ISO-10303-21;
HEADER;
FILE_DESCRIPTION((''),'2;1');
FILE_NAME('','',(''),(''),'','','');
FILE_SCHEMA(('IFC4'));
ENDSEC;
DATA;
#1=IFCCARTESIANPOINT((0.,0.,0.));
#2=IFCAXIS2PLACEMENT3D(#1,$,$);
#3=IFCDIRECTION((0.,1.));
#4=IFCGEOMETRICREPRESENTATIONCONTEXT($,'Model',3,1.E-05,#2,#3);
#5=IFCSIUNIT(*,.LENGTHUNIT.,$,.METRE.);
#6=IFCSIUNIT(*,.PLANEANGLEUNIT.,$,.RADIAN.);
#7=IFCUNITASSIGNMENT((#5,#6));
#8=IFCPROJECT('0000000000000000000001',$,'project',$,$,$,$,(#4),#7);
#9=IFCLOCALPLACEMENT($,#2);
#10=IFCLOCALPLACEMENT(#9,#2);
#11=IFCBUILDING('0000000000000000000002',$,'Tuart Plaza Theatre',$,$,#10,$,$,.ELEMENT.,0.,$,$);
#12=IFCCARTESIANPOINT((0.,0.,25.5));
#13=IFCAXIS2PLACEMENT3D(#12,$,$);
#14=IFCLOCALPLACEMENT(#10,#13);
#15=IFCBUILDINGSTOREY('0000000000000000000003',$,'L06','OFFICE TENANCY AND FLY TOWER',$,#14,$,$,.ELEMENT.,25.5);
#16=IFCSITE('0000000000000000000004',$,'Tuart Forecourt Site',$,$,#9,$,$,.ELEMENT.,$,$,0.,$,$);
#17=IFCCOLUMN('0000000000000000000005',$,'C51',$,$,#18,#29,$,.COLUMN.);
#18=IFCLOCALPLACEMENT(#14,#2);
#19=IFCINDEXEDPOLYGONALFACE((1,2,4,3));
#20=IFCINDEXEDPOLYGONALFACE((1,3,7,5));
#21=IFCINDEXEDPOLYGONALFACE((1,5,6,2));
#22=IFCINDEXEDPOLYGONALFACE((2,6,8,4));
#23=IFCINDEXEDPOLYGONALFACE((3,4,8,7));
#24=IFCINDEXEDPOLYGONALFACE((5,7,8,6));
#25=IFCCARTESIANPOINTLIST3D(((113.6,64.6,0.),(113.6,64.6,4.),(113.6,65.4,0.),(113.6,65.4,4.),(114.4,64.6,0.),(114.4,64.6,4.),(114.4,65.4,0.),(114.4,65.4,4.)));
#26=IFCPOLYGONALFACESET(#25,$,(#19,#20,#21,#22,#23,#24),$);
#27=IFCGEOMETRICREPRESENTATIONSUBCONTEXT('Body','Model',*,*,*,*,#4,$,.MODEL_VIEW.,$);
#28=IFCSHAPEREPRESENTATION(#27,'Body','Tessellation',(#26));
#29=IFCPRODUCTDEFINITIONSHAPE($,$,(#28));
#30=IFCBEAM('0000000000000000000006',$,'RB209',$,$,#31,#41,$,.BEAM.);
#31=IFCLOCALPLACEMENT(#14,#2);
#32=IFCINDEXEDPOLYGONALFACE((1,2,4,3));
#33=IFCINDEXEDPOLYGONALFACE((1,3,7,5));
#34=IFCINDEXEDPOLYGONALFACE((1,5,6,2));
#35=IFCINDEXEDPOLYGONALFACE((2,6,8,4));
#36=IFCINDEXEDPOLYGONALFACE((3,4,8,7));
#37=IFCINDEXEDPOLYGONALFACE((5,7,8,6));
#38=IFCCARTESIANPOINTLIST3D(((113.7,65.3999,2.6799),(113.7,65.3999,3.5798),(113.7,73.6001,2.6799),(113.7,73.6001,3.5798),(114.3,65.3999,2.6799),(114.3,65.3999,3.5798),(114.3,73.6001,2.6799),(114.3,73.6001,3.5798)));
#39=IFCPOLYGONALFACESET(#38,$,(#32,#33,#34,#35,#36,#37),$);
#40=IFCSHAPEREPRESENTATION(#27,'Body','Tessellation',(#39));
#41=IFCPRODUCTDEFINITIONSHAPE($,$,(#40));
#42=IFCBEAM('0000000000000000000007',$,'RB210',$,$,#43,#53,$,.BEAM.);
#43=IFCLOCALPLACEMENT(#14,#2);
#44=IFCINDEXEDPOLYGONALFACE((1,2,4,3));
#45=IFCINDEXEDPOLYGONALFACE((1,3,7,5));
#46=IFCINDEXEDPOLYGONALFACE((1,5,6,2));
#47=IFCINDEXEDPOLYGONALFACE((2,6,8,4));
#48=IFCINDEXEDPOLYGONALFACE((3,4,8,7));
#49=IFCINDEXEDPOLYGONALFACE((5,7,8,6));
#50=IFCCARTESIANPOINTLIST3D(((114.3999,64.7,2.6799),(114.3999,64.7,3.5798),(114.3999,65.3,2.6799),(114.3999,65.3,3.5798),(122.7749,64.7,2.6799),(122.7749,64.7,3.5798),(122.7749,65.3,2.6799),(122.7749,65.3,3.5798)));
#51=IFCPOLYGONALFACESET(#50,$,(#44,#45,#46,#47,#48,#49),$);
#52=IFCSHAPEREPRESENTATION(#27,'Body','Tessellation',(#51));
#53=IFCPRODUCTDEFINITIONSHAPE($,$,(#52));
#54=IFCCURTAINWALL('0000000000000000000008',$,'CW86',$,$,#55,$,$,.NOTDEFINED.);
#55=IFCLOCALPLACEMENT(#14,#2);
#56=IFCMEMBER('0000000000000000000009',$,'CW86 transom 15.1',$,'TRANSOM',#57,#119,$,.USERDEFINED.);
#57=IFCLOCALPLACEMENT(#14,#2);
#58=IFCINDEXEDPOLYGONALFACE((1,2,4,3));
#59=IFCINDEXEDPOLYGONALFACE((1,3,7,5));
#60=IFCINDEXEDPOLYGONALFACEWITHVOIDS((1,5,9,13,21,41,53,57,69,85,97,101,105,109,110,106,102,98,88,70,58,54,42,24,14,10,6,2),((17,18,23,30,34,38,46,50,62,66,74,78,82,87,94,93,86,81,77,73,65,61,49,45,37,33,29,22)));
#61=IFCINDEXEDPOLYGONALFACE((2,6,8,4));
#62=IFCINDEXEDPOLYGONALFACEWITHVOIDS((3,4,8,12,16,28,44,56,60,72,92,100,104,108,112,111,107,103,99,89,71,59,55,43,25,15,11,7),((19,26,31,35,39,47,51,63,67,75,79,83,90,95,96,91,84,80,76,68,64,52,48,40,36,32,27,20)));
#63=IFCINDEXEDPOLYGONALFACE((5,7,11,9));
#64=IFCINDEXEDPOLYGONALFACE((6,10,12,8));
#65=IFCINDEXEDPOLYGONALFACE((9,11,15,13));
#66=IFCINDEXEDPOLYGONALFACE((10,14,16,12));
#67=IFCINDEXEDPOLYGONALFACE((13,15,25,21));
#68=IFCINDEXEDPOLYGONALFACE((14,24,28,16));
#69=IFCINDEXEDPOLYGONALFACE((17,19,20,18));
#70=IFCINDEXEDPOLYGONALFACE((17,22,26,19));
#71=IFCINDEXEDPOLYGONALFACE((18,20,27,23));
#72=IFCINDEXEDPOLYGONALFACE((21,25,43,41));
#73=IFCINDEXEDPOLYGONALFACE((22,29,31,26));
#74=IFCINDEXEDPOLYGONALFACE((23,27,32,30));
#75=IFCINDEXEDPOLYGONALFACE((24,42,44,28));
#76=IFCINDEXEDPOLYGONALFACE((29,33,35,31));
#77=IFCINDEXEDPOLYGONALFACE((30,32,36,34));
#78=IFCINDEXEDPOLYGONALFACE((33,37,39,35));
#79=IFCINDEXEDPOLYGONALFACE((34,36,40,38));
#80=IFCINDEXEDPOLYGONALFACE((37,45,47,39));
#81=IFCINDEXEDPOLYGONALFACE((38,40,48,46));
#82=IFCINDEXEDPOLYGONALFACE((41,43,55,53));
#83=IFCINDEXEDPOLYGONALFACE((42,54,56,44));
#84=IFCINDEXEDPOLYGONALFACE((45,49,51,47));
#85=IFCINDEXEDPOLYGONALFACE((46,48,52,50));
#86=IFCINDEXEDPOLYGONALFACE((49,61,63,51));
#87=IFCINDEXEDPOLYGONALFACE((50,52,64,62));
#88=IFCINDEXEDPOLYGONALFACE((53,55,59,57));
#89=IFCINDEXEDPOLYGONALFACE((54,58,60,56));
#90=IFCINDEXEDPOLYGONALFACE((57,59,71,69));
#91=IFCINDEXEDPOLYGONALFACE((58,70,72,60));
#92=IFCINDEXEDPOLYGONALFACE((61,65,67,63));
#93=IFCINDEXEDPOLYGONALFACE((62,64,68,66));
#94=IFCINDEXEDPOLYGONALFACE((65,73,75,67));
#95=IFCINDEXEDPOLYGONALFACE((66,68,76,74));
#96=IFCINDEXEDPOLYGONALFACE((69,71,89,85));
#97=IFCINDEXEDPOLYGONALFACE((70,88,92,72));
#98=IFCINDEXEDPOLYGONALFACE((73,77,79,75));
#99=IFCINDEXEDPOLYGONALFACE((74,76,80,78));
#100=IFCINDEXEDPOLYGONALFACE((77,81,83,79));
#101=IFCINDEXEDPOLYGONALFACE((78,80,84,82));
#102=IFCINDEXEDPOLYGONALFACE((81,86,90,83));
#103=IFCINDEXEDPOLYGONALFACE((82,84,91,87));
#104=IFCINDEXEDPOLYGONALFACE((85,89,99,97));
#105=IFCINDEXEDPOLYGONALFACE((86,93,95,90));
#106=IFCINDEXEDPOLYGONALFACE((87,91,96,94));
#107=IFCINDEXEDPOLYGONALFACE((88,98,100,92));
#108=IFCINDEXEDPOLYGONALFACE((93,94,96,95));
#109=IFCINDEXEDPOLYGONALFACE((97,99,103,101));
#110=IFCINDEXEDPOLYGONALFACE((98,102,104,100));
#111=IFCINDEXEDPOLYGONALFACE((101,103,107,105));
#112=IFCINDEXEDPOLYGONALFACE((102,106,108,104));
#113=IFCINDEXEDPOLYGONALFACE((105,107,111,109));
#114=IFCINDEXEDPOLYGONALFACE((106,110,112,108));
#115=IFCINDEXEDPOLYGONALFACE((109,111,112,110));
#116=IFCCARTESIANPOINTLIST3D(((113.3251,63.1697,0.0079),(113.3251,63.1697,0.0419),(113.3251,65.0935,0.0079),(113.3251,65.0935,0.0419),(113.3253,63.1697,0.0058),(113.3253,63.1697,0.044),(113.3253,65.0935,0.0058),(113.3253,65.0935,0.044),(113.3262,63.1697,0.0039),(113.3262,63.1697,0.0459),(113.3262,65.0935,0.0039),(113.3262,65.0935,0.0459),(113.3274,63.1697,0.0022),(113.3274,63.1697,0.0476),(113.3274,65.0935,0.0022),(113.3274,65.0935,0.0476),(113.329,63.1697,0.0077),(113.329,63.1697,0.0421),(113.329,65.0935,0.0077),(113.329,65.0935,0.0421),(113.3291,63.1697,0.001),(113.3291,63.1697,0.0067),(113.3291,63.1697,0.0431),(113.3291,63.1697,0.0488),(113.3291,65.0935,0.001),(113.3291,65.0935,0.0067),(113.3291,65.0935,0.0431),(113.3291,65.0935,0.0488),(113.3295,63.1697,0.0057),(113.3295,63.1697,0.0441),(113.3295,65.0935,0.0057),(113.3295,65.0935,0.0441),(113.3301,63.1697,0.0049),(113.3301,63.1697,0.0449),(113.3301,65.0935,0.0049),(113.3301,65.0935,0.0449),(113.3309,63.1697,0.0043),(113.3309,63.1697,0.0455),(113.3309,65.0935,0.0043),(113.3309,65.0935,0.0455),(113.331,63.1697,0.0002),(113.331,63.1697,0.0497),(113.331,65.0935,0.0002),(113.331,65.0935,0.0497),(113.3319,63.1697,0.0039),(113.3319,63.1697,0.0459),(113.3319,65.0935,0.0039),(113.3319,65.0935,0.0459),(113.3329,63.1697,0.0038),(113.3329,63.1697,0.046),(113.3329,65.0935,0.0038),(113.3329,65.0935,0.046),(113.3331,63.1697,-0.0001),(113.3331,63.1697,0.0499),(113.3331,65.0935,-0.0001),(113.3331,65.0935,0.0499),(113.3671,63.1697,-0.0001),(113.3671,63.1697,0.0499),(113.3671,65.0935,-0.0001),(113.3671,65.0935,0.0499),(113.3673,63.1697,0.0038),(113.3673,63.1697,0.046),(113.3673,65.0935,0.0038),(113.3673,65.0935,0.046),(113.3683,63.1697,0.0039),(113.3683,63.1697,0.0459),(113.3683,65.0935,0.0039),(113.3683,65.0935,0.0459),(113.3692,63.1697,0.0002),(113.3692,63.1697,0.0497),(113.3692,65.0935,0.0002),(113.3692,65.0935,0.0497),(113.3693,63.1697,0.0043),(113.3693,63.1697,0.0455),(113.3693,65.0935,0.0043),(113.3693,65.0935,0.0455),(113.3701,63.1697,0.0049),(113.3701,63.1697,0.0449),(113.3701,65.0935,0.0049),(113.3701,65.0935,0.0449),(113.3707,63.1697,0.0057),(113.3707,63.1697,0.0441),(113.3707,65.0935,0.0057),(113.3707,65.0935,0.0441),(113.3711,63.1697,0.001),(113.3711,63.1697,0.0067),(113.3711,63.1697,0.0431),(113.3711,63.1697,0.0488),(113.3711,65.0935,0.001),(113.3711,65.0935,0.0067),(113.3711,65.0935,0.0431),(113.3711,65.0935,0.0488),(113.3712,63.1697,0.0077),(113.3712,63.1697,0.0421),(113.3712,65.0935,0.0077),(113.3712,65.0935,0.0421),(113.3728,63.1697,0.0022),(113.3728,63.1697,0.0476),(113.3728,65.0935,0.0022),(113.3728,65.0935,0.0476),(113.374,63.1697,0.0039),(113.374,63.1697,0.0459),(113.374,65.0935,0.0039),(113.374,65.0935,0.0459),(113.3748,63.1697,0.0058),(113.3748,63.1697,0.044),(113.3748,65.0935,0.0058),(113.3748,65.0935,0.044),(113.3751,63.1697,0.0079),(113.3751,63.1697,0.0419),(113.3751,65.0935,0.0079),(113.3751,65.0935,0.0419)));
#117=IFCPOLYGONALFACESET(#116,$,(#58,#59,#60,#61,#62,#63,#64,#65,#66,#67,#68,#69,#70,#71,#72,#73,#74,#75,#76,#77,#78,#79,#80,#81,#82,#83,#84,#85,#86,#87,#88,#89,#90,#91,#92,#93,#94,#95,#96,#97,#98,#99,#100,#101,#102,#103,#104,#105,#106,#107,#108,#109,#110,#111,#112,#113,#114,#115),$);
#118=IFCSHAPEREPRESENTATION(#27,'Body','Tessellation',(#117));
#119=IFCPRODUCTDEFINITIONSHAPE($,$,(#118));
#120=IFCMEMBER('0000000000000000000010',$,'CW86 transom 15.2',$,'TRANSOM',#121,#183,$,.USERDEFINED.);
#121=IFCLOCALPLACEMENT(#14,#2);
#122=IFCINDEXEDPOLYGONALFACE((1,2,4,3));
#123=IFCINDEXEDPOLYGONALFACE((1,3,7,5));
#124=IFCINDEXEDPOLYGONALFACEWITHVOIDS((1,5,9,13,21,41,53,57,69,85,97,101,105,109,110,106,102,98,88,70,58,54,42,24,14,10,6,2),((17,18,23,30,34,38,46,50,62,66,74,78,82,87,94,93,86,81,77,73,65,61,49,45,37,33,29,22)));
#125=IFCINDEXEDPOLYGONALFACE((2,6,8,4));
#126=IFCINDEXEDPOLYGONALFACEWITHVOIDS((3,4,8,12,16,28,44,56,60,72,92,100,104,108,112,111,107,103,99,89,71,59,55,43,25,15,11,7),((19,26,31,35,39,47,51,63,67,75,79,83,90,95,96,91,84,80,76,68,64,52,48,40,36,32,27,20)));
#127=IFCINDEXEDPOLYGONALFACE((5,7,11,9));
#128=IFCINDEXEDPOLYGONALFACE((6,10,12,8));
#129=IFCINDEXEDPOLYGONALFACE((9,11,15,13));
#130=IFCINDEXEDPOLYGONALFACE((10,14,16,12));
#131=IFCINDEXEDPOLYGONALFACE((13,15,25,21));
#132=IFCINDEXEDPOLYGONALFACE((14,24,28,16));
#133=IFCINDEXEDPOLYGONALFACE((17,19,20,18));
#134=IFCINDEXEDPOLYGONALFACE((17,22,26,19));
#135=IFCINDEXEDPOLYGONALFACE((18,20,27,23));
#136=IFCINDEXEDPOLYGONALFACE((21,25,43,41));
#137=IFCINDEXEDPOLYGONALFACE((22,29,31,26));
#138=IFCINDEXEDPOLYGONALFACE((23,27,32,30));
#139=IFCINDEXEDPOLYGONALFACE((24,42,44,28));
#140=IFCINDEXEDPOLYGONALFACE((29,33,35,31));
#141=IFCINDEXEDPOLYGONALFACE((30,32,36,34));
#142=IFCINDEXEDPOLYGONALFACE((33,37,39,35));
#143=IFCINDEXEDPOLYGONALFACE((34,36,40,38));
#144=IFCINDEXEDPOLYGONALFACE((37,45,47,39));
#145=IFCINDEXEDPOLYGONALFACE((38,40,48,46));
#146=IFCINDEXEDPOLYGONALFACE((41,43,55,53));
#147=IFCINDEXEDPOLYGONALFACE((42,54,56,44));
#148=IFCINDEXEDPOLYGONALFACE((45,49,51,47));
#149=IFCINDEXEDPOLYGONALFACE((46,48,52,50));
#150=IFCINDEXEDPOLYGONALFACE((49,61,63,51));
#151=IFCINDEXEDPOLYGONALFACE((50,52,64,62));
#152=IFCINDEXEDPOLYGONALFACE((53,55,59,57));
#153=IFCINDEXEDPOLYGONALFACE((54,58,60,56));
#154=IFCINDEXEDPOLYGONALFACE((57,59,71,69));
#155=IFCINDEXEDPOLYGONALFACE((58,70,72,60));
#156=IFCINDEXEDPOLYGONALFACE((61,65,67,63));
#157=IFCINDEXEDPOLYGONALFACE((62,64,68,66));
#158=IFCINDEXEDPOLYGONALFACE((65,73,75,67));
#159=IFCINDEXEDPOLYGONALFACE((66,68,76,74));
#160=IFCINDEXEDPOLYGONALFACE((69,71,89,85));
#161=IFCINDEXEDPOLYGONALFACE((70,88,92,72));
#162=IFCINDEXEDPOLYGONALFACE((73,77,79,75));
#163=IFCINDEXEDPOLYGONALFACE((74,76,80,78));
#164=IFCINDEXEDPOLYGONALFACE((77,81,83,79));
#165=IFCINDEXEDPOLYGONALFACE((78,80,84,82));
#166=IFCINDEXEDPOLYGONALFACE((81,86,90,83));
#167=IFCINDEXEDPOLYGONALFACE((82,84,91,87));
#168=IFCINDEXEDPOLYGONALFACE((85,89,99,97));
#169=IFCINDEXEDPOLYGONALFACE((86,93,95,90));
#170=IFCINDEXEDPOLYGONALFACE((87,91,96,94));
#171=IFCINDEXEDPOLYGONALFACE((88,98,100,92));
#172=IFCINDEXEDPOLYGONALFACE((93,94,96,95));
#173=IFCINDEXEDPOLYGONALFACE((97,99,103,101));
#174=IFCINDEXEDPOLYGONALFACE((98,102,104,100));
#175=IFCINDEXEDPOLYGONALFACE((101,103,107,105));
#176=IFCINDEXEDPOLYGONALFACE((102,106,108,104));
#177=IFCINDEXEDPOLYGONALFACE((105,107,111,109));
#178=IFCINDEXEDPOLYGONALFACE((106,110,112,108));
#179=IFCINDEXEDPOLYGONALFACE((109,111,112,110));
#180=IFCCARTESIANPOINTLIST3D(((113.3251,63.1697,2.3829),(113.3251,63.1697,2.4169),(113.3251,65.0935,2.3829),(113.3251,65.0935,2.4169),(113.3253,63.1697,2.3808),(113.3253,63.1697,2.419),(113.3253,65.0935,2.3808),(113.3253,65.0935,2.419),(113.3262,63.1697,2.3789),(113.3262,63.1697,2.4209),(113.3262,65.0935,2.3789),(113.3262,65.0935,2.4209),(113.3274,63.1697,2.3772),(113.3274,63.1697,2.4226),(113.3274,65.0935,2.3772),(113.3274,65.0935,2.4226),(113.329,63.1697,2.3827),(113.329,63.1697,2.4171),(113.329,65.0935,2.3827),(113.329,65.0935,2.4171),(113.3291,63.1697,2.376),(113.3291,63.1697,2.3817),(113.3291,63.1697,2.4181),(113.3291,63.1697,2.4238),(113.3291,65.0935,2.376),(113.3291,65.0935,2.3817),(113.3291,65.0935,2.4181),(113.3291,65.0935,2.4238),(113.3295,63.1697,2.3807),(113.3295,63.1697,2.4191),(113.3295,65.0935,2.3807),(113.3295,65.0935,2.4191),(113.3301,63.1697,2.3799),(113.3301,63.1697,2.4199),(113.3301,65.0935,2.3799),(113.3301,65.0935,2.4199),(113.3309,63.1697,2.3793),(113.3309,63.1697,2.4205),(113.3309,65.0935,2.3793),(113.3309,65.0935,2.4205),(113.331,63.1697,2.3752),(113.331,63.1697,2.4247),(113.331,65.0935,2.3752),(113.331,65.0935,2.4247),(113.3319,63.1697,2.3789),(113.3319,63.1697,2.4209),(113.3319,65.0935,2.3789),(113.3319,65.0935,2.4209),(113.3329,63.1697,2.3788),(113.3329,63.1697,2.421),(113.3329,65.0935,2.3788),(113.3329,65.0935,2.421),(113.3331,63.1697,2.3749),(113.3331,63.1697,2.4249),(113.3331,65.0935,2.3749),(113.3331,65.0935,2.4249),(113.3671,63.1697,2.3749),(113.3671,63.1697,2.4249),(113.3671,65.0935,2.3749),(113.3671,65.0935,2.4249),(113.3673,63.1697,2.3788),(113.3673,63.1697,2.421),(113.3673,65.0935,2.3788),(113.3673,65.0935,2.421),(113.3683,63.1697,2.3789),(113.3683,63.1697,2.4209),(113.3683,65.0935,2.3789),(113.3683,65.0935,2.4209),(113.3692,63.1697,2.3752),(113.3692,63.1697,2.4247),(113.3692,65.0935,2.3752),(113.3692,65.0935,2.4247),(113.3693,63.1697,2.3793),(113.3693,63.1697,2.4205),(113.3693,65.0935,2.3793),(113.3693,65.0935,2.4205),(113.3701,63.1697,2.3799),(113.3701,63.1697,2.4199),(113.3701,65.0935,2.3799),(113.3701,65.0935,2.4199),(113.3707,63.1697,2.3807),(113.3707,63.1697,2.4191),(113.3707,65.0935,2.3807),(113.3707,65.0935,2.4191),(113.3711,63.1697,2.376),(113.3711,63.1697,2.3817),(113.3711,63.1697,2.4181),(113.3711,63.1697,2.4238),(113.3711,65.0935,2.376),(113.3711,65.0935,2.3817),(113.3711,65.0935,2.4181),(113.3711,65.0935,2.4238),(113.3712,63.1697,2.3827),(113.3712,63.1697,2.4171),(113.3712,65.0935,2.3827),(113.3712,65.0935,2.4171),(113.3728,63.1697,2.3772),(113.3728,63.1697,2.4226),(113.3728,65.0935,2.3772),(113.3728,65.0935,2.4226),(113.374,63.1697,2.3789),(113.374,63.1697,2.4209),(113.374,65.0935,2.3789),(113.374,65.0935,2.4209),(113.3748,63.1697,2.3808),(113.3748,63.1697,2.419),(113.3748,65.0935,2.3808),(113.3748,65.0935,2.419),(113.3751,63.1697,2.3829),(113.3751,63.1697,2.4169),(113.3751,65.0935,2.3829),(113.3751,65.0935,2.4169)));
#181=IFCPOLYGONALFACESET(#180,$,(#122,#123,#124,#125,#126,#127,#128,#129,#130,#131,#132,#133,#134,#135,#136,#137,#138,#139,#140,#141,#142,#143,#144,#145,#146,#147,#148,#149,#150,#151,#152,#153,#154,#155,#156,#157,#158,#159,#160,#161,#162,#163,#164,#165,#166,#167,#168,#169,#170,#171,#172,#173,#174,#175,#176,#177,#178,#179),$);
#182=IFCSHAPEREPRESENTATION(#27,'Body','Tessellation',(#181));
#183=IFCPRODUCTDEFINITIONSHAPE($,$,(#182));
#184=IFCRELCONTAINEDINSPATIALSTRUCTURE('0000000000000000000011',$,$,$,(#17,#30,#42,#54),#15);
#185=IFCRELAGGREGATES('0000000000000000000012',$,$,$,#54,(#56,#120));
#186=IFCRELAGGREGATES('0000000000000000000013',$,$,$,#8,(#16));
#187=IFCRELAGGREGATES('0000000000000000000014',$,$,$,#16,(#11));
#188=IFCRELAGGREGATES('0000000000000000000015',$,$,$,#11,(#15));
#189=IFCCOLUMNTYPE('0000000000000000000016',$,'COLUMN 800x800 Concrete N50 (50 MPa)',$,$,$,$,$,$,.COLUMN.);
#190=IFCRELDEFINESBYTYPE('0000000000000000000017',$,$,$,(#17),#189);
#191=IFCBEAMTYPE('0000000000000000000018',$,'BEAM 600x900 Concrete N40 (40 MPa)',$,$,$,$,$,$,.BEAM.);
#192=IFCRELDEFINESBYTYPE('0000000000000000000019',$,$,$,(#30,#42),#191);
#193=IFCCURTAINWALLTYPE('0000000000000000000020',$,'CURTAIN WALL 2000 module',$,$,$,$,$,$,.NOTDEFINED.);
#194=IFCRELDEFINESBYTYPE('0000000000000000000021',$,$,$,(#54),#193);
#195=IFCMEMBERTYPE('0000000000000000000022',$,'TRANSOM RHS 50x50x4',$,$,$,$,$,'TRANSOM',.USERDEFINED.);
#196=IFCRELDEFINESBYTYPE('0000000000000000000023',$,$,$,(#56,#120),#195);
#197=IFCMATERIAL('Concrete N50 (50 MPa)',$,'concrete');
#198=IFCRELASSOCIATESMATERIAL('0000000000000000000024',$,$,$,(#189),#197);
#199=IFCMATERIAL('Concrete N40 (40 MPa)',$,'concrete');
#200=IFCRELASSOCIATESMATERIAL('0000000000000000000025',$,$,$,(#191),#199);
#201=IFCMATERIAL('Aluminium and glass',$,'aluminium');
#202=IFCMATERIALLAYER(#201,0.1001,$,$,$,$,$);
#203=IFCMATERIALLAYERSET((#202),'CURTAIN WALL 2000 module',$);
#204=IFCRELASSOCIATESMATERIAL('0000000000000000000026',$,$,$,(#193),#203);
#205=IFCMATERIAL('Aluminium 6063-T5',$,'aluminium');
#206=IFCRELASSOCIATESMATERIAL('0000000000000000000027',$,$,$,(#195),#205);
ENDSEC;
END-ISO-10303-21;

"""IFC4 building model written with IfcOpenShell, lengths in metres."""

from ifc_helpers import new_model, si_unit, direction, frame, origin, origin_2d, place, context, subcontext, project, spatial, rectangle, hollow_rectangle, extrude, material, layer, layer_set, material_profile, profile_set, type_object, element, aggregate, save


model = new_model("IFC4")

# Units and contexts
model_context = context("Model", 3, precision=1e-05, world=origin(), true_north=direction((0.0, 1.0)))
body_context = subcontext(model_context, "Body", "Model", "MODEL_VIEW")
ifc_project = project(units=[si_unit("LENGTHUNIT", "METRE"), si_unit("PLANEANGLEUNIT", "RADIAN")], contexts=[model_context])

# Site, building, storey
site_placement = place(None, origin())
site = spatial("IfcSite", under=ifc_project, at=site_placement, Name="Tuart Forecourt Site", CompositionType="ELEMENT", RefElevation=0.0)
building_placement = place(site_placement, origin())
building = spatial("IfcBuilding", under=site, at=building_placement, Name="Tuart Plaza Theatre", CompositionType="ELEMENT", ElevationOfRefHeight=0.0)
storey_placement = place(building_placement, frame((0.0, 0.0, 25.5)))
storey = spatial("IfcBuildingStorey", under=building, at=storey_placement, Name="L06", Description="OFFICE TENANCY AND FLY TOWER", CompositionType="ELEMENT", Elevation=25.5)

# Column
ifc_material_1 = material(Name="Concrete N50 (50 MPa)", Category="concrete")
ifc_material_profile_1 = material_profile(ifc_material_1, rectangle(XDim=0.8, YDim=0.8, at=origin_2d()), Name="COLUMN 800x800 Concrete N50 (50 MPa)")
ifc_profile_set_1 = profile_set([ifc_material_profile_1], Name="Concrete N50 (50 MPa)")
column_type = type_object("IfcColumnType", Name="COLUMN 800x800 Concrete N50 (50 MPa)", PredefinedType="COLUMN", material=ifc_profile_set_1)
column_placement = place(storey_placement, frame((114.0, 65.0, 0.0), z_axis=(0.0, 0.0, 1.0), x_axis=(1.0, 0.0, 0.0)))
element("IfcColumn", 1, at=column_placement, inside=storey, type_object=column_type, Name="C51", PredefinedType="COLUMN", context=body_context, shape_type="SweptSolid", body=[
    extrude(rectangle(XDim=0.8, YDim=0.8, at=origin_2d()), origin(), (0.0, 0.0, 1.0), 4.0),
])

# Beams
ifc_material_2 = material(Name="Concrete N40 (40 MPa)", Category="concrete")
ifc_material_profile_2 = material_profile(ifc_material_2, rectangle(XDim=0.6001, YDim=0.8999, at=origin_2d()), Name="BEAM 600x900 Concrete N40 (40 MPa)")
ifc_profile_set_2 = profile_set([ifc_material_profile_2], Name="Concrete N40 (40 MPa)")
beam_type = type_object("IfcBeamType", Name="BEAM 600x900 Concrete N40 (40 MPa)", PredefinedType="BEAM", material=ifc_profile_set_2)
beam_1_placement = place(storey_placement, frame((114.0, 65.3999, 3.1299), z_axis=(0.0, 1.0, 0.0), x_axis=(-1.0, 0.0, 0.0)))
element("IfcBeam", 2, at=beam_1_placement, inside=storey, type_object=beam_type, Name="RB209", PredefinedType="BEAM", context=body_context, shape_type="SweptSolid", body=[
    extrude(rectangle(XDim=0.6001, YDim=0.8999, at=origin_2d()), origin(), (0.0, 0.0, 1.0), 8.2002),
])
beam_2_placement = place(storey_placement, frame((114.3999, 65.0, 3.1299), z_axis=(1.0, 0.0, 0.0), x_axis=(0.0, 1.0, 0.0)))
element("IfcBeam", 3, at=beam_2_placement, inside=storey, type_object=beam_type, Name="RB210", PredefinedType="BEAM", context=body_context, shape_type="SweptSolid", body=[
    extrude(rectangle(XDim=0.6001, YDim=0.8999, at=origin_2d()), origin(), (0.0, 0.0, 1.0), 8.375),
])

# Curtain wall, members
ifc_material_3 = material(Name="Aluminium and glass", Category="aluminium")
ifc_layer_1 = layer(ifc_material_3, 0.1001)
ifc_layer_set_1 = layer_set([ifc_layer_1], Name="CURTAIN WALL 2000 module")
curtain_wall_type = type_object("IfcCurtainWallType", Name="CURTAIN WALL 2000 module", PredefinedType="NOTDEFINED", material=ifc_layer_set_1)
curtain_wall_placement = place(storey_placement, origin())
curtain_wall = element("IfcCurtainWall", 4, at=curtain_wall_placement, inside=storey, type_object=curtain_wall_type, Name="CW86", PredefinedType="NOTDEFINED")
ifc_material_4 = material(Name="Aluminium 6063-T5", Category="aluminium")
ifc_material_profile_3 = material_profile(ifc_material_4, hollow_rectangle(XDim=0.05, YDim=0.05, WallThickness=0.0039, InnerFilletRadius=0.0039, OuterFilletRadius=0.0081, at=origin_2d()), Name="RHS 50x50x4")
ifc_profile_set_3 = profile_set([ifc_material_profile_3], Name="Aluminium 6063-T5")
member_type = type_object("IfcMemberType", Name="TRANSOM RHS 50x50x4", ElementType="TRANSOM", PredefinedType="USERDEFINED", material=ifc_profile_set_3)
member_1_placement = place(storey_placement, frame((113.3501, 65.0935, 0.0249), z_axis=(0.0, -1.0, 0.0), x_axis=(1.0, 0.0, 0.0)))
member_1 = element("IfcMember", 5, at=member_1_placement, type_object=member_type, Name="CW86 transom 15.1", ObjectType="TRANSOM", PredefinedType="USERDEFINED", context=body_context, shape_type="SweptSolid", body=[
    extrude(hollow_rectangle(XDim=0.05, YDim=0.05, WallThickness=0.0039, InnerFilletRadius=0.0039, OuterFilletRadius=0.0081, at=origin_2d()), origin(), (0.0, 0.0, 1.0), 1.9238),
])
member_2_placement = place(storey_placement, frame((113.3501, 65.0935, 2.3999), z_axis=(0.0, -1.0, 0.0), x_axis=(1.0, 0.0, 0.0)))
member_2 = element("IfcMember", 6, at=member_2_placement, type_object=member_type, Name="CW86 transom 15.2", ObjectType="TRANSOM", PredefinedType="USERDEFINED", context=body_context, shape_type="SweptSolid", body=[
    extrude(hollow_rectangle(XDim=0.05, YDim=0.05, WallThickness=0.0039, InnerFilletRadius=0.0039, OuterFilletRadius=0.0081, at=origin_2d()), origin(), (0.0, 0.0, 1.0), 1.9238),
])
aggregate(curtain_wall, [member_1, member_2])

save(model, "model.ifc")
